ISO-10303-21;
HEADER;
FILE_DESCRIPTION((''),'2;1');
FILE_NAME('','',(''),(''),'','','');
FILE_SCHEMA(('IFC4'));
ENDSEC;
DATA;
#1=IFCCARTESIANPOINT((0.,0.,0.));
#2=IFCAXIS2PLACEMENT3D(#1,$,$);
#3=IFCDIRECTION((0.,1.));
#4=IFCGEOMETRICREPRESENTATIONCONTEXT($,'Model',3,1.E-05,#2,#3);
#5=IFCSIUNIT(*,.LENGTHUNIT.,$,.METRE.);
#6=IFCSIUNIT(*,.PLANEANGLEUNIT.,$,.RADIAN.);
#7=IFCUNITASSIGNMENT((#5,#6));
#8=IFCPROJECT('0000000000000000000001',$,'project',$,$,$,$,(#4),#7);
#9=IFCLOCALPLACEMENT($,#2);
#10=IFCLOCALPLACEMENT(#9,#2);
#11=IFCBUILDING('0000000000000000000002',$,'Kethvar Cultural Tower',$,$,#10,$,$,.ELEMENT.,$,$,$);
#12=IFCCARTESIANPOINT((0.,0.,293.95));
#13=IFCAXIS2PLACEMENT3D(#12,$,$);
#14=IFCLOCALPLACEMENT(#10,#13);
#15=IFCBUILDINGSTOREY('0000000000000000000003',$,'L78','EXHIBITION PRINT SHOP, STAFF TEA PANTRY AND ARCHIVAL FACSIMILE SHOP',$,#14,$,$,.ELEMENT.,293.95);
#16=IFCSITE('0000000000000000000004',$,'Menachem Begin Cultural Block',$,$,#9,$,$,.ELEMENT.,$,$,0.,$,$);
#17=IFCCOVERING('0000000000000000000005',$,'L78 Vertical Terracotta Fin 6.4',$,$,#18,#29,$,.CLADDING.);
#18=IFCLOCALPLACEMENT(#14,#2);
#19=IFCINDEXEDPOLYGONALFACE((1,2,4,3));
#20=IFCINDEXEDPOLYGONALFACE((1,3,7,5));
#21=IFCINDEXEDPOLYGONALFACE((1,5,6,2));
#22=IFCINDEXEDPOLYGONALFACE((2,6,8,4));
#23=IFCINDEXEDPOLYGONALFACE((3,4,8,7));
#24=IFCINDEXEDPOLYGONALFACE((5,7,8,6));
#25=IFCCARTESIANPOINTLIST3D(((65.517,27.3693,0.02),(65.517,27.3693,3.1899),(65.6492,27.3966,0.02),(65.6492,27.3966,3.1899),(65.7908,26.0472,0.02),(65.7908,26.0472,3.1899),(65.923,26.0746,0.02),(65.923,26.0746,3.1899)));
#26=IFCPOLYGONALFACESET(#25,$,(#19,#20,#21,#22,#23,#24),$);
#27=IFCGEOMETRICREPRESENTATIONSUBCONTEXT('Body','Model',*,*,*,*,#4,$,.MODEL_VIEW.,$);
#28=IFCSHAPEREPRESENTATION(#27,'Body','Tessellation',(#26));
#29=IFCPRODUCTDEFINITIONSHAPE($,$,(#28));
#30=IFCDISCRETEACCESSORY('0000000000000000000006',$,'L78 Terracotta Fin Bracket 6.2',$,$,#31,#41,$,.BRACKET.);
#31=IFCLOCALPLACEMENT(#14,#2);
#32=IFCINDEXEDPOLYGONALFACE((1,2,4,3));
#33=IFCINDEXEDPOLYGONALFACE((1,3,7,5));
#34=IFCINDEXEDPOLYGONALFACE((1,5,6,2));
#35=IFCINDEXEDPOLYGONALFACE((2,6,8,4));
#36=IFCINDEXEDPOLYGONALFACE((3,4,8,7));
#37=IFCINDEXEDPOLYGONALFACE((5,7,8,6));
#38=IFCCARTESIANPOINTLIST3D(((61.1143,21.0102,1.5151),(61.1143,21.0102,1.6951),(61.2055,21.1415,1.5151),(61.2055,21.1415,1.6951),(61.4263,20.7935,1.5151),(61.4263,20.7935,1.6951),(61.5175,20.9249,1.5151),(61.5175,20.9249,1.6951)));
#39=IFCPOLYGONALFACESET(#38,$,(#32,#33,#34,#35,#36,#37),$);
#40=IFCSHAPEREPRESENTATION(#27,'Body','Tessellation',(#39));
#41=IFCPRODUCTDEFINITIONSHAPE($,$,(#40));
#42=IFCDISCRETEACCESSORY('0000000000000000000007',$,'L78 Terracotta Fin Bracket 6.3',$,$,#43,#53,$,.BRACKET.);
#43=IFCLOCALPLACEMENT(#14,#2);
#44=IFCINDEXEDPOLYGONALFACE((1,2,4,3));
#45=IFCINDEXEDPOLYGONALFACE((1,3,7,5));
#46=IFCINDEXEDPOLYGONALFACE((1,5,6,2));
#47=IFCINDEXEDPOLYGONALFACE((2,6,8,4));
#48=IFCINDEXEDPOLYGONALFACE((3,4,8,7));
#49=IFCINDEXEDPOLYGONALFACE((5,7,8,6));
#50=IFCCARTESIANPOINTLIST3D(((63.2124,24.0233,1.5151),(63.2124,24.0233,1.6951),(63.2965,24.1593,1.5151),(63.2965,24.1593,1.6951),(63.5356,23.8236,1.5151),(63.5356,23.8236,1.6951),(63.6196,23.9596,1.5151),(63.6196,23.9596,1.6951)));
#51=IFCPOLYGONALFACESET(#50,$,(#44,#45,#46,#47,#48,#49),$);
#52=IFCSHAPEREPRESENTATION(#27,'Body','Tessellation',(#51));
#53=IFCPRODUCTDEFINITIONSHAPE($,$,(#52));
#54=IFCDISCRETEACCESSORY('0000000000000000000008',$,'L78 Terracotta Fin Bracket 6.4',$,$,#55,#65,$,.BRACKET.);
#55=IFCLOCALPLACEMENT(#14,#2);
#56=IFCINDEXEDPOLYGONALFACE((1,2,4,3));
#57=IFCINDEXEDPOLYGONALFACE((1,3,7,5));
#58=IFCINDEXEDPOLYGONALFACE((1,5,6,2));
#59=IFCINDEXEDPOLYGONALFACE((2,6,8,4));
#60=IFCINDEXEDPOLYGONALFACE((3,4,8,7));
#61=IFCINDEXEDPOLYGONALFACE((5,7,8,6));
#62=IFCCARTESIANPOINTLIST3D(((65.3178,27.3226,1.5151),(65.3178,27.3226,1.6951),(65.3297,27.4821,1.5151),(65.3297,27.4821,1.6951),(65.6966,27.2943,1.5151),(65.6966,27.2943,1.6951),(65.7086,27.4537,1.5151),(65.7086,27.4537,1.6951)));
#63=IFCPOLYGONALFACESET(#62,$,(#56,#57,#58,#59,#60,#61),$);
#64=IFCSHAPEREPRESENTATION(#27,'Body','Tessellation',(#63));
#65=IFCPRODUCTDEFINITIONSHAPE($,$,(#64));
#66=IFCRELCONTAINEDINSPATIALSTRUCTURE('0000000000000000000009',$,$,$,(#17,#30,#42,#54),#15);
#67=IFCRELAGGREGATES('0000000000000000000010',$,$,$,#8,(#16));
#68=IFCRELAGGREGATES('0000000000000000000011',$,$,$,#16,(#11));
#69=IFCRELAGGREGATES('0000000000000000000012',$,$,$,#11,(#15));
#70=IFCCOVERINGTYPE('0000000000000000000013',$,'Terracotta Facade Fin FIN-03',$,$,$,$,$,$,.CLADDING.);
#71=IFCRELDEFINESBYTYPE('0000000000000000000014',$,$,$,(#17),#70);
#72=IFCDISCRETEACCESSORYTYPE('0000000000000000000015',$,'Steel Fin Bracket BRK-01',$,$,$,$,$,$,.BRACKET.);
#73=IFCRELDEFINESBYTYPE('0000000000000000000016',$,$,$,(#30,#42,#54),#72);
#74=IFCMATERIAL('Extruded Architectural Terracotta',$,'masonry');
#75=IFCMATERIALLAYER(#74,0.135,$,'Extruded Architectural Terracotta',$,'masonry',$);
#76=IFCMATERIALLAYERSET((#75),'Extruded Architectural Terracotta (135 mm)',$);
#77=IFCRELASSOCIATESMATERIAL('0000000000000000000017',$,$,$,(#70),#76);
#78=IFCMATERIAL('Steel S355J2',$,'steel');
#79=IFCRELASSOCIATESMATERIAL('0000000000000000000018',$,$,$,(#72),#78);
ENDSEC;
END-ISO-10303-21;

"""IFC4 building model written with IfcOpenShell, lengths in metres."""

from ifc_helpers import new_model, si_unit, direction, frame, origin, origin_2d, place, context, subcontext, project, spatial, rectangle, extrude, source, transform, mapped, material, layer, layer_set, type_object, element, save


model = new_model("IFC4")

# Units and contexts
model_context = context("Model", 3, precision=1e-05, world=origin(), true_north=direction((0.0, 1.0)))
body_context = subcontext(model_context, "Body", "Model", "MODEL_VIEW")
ifc_project = project(units=[si_unit("LENGTHUNIT", "METRE"), si_unit("PLANEANGLEUNIT", "RADIAN")], contexts=[model_context])

# Site, building, storey
site_placement = place(None, origin())
site = spatial("IfcSite", under=ifc_project, at=site_placement, Name="Menachem Begin Cultural Block", CompositionType="ELEMENT", RefElevation=0.0)
building_placement = place(site_placement, origin())
building = spatial("IfcBuilding", under=site, at=building_placement, Name="Kethvar Cultural Tower", CompositionType="ELEMENT")
storey_placement = place(building_placement, frame((0.0, 0.0, 293.95)))
storey = spatial("IfcBuildingStorey", under=building, at=storey_placement, Name="L78", Description="EXHIBITION PRINT SHOP, STAFF TEA PANTRY AND ARCHIVAL FACSIMILE SHOP", CompositionType="ELEMENT", Elevation=293.95)

# Shared definitions
ifc_material_1 = material(Name="Steel S355J2", Category="steel")

# Covering
ifc_material_2 = material(Name="Extruded Architectural Terracotta", Category="masonry")
ifc_layer_1 = layer(ifc_material_2, 0.135, Name="Extruded Architectural Terracotta", Category="masonry")
ifc_layer_set_1 = layer_set([ifc_layer_1], Name="Extruded Architectural Terracotta (135 mm)")
covering_type_1 = type_object("IfcCoveringType", Name="Terracotta Facade Fin FIN-03", PredefinedType="CLADDING", material=ifc_layer_set_1)
shared_shape_1 = source(origin(), body_context, "Body", "SweptSolid", [
    extrude(rectangle(XDim=1.3501, YDim=0.135, at=origin_2d()), origin(), (0.0, 0.0, 1.0), 3.1699),
])
for number, where, z_axis, x_axis, name in (
    (1, (65.72, 26.7219, 0.02), (0.0, 0.0, 1.0), (0.202787, -0.979223, 0.0), "L78 Vertical Terracotta Fin 6.4"),
):
    element("IfcCovering", number, at=place(storey_placement, frame(where, z_axis=z_axis, x_axis=x_axis)), inside=storey, type_object=covering_type_1, Name=name, PredefinedType="CLADDING", context=body_context, shape_type="MappedRepresentation", body=[
        mapped(shared_shape_1, transform((0.0, 0.0, 0.0), scale=1.0)),
    ])

# Discrete accessories
discrete_accessory_type = type_object("IfcDiscreteAccessoryType", Name="Steel Fin Bracket BRK-01", PredefinedType="BRACKET", material=ifc_material_1)
shared_shape_2 = source(origin(), body_context, "Body", "SweptSolid", [
    extrude(rectangle(XDim=0.3799, YDim=0.1599, at=origin_2d()), origin(), (0.0, 0.0, 1.0), 0.1799),
])
for number, where, z_axis, x_axis, name in (
    (2, (61.3159, 20.9675, 1.5151), (0.0, 0.0, 1.0), (0.821348, -0.570427, 0.0), "L78 Terracotta Fin Bracket 6.2"),
    (3, (63.416, 23.9915, 1.5151), (0.0, 0.0, 1.0), (0.850719, -0.52562, 0.0), "L78 Terracotta Fin Bracket 6.3"),
    (4, (65.5132, 27.3882, 1.5151), (0.0, 0.0, 1.0), (0.997211, -0.074631, 0.0), "L78 Terracotta Fin Bracket 6.4"),
):
    element("IfcDiscreteAccessory", number, at=place(storey_placement, frame(where, z_axis=z_axis, x_axis=x_axis)), inside=storey, type_object=discrete_accessory_type, Name=name, PredefinedType="BRACKET", context=body_context, shape_type="MappedRepresentation", body=[
        mapped(shared_shape_2, transform((0.0, 0.0, 0.0), scale=1.0)),
    ])

save(model, "model.ifc")
